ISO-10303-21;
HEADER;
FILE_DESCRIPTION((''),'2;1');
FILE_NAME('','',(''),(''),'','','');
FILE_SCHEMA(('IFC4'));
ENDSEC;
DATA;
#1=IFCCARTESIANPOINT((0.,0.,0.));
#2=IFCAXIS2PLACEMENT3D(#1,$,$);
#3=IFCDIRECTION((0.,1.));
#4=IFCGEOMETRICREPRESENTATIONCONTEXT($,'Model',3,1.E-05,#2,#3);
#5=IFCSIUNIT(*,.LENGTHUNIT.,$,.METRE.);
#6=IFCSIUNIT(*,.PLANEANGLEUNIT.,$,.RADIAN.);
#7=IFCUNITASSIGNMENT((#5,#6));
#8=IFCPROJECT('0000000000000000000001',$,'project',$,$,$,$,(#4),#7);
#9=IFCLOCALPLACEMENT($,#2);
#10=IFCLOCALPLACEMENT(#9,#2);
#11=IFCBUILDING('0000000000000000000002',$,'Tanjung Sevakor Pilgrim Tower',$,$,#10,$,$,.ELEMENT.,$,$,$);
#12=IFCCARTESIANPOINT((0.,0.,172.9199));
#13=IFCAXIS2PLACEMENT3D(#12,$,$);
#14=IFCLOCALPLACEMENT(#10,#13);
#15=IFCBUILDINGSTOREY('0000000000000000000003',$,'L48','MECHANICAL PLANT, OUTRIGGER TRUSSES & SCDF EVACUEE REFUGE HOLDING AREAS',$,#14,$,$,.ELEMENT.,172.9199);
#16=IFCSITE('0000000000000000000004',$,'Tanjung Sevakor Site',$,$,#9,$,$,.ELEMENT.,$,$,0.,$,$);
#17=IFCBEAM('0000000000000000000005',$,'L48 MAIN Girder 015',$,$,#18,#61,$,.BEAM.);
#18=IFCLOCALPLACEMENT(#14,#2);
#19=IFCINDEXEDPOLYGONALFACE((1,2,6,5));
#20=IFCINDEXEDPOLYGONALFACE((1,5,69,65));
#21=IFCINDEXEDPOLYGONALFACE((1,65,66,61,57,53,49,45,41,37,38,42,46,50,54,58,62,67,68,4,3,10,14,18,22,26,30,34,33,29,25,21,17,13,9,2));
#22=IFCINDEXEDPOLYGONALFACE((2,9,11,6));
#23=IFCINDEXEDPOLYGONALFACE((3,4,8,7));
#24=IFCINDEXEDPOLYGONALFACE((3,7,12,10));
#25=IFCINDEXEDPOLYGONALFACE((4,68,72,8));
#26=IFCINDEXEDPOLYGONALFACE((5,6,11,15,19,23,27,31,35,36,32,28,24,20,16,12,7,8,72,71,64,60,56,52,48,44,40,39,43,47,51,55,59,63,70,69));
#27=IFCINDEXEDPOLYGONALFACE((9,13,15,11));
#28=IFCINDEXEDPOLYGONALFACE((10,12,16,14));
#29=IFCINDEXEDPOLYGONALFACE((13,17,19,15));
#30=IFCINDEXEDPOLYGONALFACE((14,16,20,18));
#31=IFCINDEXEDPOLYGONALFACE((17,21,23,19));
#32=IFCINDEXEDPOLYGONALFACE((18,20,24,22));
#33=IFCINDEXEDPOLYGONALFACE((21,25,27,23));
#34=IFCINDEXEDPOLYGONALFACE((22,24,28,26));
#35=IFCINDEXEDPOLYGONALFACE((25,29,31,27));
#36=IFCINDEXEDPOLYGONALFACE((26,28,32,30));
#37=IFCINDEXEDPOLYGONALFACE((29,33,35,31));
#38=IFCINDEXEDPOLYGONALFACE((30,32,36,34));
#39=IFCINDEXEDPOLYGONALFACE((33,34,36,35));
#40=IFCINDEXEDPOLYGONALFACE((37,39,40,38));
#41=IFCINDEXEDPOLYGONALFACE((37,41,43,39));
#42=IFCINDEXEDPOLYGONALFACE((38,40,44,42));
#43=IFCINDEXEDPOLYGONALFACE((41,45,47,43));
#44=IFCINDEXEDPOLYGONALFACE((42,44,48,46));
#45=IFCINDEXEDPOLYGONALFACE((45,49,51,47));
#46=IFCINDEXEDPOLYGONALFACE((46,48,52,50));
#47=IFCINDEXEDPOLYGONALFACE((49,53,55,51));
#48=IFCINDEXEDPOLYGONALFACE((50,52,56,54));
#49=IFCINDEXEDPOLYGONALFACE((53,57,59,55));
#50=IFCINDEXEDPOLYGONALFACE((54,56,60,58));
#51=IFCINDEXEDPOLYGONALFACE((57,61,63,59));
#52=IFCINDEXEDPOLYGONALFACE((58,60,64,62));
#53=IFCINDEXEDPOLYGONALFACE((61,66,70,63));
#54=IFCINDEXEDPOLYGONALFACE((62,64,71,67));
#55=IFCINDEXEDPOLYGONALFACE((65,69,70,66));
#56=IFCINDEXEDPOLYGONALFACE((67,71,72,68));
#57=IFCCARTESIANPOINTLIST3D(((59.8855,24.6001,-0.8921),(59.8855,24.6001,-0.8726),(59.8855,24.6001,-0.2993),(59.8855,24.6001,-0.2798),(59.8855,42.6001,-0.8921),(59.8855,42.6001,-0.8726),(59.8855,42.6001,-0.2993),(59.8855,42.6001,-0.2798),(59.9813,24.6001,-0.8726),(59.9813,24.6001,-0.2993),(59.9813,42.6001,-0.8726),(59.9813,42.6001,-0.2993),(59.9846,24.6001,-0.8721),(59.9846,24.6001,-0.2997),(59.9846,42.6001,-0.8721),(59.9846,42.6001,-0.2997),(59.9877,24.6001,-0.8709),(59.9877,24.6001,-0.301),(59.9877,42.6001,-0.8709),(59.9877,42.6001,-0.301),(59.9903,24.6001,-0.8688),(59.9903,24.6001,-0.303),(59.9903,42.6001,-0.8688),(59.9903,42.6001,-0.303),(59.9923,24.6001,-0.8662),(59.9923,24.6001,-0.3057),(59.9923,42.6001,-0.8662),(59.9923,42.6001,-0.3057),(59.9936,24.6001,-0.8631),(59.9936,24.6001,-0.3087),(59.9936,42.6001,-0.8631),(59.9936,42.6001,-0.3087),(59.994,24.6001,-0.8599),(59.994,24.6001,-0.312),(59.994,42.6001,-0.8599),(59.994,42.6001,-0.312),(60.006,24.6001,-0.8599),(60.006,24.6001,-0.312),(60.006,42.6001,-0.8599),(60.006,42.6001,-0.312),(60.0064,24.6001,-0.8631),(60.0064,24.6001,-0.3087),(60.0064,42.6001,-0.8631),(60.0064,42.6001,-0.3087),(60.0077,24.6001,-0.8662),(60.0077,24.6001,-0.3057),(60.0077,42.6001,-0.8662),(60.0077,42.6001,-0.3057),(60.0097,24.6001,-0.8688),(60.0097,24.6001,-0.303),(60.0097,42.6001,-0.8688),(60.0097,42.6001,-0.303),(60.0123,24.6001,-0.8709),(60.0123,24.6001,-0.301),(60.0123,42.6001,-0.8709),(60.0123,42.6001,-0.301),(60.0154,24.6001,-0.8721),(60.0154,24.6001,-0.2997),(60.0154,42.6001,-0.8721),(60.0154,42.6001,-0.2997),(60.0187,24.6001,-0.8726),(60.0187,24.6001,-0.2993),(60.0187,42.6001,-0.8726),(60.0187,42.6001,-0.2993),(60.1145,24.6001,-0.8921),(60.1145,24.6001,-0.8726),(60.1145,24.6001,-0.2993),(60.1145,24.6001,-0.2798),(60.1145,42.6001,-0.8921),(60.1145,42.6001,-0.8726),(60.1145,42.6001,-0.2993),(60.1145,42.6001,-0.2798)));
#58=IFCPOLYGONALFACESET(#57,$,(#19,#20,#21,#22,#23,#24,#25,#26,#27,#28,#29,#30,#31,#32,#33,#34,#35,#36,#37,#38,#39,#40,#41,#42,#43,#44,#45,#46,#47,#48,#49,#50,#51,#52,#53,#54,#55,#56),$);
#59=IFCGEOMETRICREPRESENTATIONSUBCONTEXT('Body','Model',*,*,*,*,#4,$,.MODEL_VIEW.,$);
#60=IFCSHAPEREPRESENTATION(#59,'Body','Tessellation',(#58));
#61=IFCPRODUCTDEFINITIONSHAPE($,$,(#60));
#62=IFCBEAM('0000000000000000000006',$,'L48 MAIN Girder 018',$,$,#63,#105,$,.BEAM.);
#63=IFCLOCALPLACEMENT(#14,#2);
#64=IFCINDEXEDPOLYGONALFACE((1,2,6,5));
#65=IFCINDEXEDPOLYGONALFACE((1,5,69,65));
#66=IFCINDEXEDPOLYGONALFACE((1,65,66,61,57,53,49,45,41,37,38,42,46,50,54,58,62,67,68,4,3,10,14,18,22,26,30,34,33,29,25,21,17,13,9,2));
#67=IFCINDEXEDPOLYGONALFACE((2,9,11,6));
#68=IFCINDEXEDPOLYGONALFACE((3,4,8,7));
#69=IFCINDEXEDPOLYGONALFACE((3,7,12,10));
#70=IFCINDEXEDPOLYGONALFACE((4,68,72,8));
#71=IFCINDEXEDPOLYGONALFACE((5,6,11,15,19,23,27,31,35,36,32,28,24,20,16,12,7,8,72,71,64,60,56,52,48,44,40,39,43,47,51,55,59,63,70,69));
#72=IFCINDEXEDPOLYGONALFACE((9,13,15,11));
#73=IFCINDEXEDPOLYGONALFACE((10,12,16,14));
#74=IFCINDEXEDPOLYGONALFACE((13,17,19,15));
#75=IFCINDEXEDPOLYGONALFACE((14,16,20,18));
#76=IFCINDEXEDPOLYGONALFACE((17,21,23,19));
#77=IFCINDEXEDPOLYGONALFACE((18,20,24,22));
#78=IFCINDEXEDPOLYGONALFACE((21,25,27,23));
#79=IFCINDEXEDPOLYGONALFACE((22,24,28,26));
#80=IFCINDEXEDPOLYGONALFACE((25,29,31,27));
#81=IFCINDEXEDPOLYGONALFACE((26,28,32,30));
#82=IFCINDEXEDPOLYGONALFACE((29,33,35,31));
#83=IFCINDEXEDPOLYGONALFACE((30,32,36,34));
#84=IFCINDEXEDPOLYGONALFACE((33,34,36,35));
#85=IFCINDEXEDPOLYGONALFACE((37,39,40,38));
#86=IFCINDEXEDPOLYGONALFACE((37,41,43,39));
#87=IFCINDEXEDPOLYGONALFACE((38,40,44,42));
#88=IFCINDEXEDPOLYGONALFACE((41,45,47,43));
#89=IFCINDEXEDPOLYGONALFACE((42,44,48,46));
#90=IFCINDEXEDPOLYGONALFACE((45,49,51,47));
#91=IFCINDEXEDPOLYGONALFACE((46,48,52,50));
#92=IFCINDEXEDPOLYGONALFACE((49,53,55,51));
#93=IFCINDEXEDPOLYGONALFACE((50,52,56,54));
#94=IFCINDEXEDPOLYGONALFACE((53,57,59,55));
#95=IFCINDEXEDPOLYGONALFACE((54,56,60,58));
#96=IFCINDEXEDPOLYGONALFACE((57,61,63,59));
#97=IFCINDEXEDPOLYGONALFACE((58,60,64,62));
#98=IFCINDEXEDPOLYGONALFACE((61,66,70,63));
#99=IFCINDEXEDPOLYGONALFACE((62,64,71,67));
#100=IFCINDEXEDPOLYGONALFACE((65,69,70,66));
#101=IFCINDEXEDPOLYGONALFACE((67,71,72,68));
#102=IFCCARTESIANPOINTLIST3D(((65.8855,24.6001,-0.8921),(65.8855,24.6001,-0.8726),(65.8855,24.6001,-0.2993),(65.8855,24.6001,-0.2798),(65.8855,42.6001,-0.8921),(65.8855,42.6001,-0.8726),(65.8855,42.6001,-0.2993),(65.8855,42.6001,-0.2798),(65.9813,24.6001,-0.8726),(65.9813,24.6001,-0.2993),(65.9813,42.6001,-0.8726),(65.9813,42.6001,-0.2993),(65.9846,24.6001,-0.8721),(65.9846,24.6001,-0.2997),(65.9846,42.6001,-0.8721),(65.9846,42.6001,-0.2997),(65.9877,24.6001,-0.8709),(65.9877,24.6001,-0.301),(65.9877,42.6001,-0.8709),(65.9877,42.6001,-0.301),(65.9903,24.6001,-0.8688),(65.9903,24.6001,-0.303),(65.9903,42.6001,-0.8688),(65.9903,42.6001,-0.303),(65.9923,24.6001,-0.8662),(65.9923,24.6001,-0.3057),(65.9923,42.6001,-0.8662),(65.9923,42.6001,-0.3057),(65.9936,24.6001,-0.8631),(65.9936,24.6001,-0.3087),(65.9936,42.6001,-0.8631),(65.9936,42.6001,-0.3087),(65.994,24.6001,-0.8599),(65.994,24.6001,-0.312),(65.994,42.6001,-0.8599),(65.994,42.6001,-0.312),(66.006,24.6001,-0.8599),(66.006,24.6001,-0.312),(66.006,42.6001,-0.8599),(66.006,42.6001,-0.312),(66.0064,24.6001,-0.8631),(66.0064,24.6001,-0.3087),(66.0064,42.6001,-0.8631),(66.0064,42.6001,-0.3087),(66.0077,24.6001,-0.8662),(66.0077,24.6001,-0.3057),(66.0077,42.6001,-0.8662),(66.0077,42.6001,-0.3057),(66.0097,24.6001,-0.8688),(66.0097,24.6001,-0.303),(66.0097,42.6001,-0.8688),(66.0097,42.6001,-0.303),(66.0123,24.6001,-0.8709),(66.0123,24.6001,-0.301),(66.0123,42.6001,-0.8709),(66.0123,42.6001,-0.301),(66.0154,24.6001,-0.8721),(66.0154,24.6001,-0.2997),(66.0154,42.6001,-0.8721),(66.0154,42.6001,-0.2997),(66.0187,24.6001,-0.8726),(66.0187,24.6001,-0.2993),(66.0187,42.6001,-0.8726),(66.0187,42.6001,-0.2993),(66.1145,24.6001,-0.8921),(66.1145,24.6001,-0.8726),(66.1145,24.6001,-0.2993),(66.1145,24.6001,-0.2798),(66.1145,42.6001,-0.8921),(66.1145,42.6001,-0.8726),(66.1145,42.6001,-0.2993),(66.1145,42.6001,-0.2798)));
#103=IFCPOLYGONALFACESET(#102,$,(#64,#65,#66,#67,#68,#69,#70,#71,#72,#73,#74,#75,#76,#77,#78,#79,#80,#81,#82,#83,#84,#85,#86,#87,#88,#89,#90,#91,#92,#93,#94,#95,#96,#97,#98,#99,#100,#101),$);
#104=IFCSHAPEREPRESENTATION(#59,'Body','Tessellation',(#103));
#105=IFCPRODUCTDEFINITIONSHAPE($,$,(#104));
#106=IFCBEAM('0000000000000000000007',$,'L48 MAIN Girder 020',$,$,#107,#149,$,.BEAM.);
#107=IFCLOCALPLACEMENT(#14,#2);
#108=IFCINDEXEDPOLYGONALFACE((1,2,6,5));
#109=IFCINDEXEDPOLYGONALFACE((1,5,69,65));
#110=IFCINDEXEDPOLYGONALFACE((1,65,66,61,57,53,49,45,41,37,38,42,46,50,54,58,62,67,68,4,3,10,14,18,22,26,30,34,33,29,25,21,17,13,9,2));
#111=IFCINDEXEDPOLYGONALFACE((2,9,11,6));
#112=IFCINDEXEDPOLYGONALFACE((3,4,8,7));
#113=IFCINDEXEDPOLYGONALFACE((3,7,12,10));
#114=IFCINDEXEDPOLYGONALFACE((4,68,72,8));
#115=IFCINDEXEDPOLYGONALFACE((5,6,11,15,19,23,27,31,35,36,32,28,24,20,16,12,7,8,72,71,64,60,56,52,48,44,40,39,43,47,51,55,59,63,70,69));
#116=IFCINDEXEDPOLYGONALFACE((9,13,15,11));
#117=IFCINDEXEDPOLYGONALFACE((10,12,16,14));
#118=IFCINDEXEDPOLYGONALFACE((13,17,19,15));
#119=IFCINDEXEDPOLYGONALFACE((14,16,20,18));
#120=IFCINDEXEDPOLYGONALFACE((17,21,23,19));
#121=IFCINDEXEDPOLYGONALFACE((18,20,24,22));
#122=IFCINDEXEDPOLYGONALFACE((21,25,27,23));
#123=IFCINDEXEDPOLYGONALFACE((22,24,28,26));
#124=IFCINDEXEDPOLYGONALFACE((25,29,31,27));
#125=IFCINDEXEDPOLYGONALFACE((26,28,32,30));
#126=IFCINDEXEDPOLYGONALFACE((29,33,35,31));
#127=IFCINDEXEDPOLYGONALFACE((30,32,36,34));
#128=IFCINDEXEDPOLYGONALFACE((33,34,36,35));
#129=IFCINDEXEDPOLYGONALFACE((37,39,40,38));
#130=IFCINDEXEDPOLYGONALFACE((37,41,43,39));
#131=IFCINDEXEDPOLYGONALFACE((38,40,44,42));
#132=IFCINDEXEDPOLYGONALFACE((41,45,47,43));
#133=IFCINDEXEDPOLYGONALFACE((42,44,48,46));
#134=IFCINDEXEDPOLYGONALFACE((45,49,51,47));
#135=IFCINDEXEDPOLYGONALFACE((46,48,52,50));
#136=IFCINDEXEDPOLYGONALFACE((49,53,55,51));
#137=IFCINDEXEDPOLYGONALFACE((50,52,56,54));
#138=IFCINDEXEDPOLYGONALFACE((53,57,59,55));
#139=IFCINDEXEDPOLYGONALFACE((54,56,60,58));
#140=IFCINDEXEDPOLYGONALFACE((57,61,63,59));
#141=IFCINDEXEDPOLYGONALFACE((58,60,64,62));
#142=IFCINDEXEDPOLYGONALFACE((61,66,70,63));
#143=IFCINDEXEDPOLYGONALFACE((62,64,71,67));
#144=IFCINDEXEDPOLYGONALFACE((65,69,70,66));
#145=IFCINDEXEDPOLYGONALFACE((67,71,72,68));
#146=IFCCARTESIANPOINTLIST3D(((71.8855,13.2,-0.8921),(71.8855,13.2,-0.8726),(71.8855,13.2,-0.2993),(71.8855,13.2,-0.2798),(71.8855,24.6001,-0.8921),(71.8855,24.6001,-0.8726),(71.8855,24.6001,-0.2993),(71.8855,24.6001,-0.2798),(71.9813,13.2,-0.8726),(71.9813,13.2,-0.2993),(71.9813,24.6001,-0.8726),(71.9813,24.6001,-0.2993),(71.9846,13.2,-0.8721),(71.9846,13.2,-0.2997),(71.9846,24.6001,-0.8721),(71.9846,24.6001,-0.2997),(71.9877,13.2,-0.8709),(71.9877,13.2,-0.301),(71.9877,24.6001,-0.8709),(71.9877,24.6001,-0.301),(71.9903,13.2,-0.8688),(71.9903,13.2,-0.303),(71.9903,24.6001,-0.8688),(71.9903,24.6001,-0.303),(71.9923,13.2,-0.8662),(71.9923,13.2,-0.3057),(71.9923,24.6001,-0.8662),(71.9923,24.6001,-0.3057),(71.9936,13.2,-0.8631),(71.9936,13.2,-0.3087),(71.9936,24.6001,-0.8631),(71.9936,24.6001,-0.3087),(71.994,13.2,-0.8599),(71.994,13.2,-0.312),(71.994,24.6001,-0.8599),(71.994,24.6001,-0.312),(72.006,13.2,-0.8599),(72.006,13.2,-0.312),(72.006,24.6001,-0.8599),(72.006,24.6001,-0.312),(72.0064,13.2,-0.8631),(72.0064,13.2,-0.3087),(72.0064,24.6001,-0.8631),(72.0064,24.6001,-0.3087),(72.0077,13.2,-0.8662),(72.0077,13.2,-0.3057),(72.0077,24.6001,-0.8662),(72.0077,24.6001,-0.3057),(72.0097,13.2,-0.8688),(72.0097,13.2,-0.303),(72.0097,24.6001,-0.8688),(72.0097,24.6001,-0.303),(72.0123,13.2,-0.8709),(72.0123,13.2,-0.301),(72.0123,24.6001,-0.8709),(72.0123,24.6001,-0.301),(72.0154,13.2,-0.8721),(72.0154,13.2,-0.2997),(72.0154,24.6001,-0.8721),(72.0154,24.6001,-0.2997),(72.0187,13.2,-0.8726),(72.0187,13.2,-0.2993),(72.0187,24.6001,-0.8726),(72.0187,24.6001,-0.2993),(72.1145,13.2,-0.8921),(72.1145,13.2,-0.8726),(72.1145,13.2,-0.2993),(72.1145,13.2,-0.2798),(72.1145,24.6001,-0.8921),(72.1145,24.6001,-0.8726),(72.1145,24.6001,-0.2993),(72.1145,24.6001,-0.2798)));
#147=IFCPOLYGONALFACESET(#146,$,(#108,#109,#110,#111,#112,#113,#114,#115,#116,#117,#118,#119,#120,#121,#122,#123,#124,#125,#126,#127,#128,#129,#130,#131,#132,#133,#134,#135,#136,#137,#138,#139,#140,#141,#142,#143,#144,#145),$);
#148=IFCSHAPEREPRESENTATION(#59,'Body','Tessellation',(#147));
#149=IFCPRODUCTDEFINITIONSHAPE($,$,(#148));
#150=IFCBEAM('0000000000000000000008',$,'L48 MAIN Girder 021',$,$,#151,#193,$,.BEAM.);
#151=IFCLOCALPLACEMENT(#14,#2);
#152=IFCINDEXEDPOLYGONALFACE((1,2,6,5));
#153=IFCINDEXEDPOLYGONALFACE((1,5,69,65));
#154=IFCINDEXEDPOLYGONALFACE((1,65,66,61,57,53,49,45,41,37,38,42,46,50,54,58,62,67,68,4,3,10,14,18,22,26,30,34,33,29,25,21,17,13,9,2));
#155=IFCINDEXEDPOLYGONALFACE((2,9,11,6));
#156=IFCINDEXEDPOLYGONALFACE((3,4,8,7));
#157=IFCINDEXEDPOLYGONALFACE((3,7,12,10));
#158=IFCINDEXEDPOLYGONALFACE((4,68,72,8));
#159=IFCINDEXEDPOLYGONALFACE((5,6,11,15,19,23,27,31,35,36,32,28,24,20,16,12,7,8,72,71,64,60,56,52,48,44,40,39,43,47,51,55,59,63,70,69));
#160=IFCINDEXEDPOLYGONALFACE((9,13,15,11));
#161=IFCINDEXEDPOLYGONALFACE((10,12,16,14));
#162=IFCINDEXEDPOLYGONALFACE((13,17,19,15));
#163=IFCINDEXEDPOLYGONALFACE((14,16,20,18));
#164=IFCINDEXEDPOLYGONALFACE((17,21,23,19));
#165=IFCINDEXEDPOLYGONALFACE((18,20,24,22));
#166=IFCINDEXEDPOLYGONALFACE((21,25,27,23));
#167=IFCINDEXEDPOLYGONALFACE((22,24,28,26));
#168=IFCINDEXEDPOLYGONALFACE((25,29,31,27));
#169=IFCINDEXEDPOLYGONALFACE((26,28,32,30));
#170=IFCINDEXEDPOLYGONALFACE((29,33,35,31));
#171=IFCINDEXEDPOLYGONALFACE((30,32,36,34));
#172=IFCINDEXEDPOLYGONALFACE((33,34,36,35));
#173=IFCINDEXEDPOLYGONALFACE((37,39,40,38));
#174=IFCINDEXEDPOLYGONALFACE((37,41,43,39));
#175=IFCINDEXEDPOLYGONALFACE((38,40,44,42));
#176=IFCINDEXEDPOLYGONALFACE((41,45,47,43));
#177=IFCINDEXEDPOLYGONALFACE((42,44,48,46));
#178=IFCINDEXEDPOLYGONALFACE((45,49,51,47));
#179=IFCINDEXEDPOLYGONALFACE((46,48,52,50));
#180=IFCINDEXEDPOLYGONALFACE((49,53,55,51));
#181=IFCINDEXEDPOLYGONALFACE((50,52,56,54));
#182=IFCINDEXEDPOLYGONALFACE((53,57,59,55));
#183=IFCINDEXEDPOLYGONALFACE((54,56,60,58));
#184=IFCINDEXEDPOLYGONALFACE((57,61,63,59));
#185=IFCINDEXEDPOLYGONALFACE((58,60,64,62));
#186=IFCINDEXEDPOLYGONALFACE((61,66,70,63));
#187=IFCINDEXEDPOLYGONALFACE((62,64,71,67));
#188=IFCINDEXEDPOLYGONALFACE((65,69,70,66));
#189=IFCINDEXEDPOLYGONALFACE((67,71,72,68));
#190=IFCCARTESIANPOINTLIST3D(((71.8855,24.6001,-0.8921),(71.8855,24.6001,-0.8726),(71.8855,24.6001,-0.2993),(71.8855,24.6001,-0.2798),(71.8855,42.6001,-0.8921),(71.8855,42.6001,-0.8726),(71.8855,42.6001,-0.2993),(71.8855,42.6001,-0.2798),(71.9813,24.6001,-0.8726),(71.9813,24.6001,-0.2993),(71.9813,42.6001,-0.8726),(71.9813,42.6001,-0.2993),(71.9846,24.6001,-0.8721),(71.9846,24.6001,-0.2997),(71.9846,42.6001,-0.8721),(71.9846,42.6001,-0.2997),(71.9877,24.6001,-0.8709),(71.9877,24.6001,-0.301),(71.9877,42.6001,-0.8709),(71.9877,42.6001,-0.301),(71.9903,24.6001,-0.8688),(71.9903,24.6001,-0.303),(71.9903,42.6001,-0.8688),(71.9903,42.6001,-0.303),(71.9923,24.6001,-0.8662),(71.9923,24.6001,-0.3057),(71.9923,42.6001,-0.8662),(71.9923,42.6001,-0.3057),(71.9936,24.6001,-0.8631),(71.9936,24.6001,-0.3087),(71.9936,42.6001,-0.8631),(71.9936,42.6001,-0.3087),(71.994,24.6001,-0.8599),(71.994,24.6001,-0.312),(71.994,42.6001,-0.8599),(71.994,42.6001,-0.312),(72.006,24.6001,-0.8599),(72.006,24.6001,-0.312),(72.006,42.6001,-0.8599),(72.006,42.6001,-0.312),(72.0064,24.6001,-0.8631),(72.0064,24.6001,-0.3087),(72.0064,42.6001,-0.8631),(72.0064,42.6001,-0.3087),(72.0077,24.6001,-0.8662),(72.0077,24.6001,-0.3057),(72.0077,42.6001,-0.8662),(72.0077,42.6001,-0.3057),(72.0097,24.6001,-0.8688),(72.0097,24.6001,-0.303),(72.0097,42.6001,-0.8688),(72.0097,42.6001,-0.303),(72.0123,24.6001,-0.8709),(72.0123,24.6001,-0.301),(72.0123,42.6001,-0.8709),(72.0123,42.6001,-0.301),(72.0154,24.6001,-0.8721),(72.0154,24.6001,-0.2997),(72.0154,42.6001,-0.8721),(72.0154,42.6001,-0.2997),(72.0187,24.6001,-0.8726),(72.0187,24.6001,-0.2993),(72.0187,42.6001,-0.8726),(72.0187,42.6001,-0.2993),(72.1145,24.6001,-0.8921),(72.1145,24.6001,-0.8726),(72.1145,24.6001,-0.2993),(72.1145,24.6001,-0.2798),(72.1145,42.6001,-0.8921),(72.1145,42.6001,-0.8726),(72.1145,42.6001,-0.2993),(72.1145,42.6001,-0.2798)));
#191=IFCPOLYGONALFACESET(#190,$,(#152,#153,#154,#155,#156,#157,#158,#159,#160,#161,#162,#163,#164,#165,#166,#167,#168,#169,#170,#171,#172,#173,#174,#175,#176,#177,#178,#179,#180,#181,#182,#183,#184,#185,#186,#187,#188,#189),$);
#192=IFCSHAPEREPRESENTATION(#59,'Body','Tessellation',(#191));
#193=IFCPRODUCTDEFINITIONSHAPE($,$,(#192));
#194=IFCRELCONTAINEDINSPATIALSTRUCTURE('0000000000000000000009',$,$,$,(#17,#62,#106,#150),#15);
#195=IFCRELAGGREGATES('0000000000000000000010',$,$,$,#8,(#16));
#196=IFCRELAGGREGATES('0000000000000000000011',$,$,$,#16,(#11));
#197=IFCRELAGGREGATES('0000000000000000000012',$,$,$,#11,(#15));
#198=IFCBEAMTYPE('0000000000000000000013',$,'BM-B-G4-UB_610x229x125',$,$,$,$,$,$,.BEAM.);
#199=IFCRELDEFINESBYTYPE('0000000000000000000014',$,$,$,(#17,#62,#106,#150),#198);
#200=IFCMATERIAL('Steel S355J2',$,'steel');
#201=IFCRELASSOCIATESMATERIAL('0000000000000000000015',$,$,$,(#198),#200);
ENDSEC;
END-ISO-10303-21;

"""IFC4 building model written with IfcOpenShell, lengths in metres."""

from ifc_helpers import new_model, si_unit, direction, frame, origin, origin_2d, place, context, subcontext, project, spatial, i_section, extrude, material, material_profile, profile_set, type_object, element, save


model = new_model("IFC4")

# Units and contexts
model_context = context("Model", 3, precision=1e-05, world=origin(), true_north=direction((0.0, 1.0)))
body_context = subcontext(model_context, "Body", "Model", "MODEL_VIEW")
ifc_project = project(units=[si_unit("LENGTHUNIT", "METRE"), si_unit("PLANEANGLEUNIT", "RADIAN")], contexts=[model_context])

# Site, building, storey
site_placement = place(None, origin())
site = spatial("IfcSite", under=ifc_project, at=site_placement, Name="Tanjung Sevakor Site", CompositionType="ELEMENT", RefElevation=0.0)
building_placement = place(site_placement, origin())
building = spatial("IfcBuilding", under=site, at=building_placement, Name="Tanjung Sevakor Pilgrim Tower", CompositionType="ELEMENT")
storey_placement = place(building_placement, frame((0.0, 0.0, 172.9199)))
storey = spatial("IfcBuildingStorey", under=building, at=storey_placement, Name="L48", Description="MECHANICAL PLANT, OUTRIGGER TRUSSES & SCDF EVACUEE REFUGE HOLDING AREAS", CompositionType="ELEMENT", Elevation=172.9199)

# Beams
ifc_material_1 = material(Name="Steel S355J2", Category="steel")
ifc_material_profile_1 = material_profile(ifc_material_1, i_section(OverallWidth=0.229, OverallDepth=0.6123, WebThickness=0.012, FlangeThickness=0.0195, FilletRadius=0.0127, at=origin_2d()))
ifc_profile_set_1 = profile_set([ifc_material_profile_1], Name="Steel S355J2")
beam_type_1 = type_object("IfcBeamType", Name="BM-B-G4-UB_610x229x125", PredefinedType="BEAM", material=ifc_profile_set_1)
for number, where, z_axis, x_axis, name in (
    (1, (60.0, 24.6001, -0.5859), (0.0, 1.0, 0.0), (-1.0, 0.0, 0.0), "L48 MAIN Girder 015"),
    (2, (66.0, 24.6001, -0.5859), (0.0, 1.0, 0.0), (-1.0, 0.0, 0.0), "L48 MAIN Girder 018"),
):
    element("IfcBeam", number, at=place(storey_placement, frame(where, z_axis=z_axis, x_axis=x_axis)), inside=storey, type_object=beam_type_1, Name=name, PredefinedType="BEAM", context=body_context, shape_type="SweptSolid", body=[
        extrude(i_section(OverallWidth=0.229, OverallDepth=0.6123, WebThickness=0.012, FlangeThickness=0.0195, FilletRadius=0.0127, at=origin_2d()), origin(), (0.0, 0.0, 1.0), 18.0),
    ])
beam_1_placement = place(storey_placement, frame((72.0, 13.2, -0.5859), z_axis=(0.0, 1.0, 0.0), x_axis=(-1.0, 0.0, 0.0)))
element("IfcBeam", 3, at=beam_1_placement, inside=storey, type_object=beam_type_1, Name="L48 MAIN Girder 020", PredefinedType="BEAM", context=body_context, shape_type="SweptSolid", body=[
    extrude(i_section(OverallWidth=0.229, OverallDepth=0.6123, WebThickness=0.012, FlangeThickness=0.0195, FilletRadius=0.0127, at=origin_2d()), origin(), (0.0, 0.0, 1.0), 11.4001),
])
beam_2_placement = place(storey_placement, frame((72.0, 24.6001, -0.5859), z_axis=(0.0, 1.0, 0.0), x_axis=(-1.0, 0.0, 0.0)))
element("IfcBeam", 4, at=beam_2_placement, inside=storey, type_object=beam_type_1, Name="L48 MAIN Girder 021", PredefinedType="BEAM", context=body_context, shape_type="SweptSolid", body=[
    extrude(i_section(OverallWidth=0.229, OverallDepth=0.6123, WebThickness=0.012, FlangeThickness=0.0195, FilletRadius=0.0127, at=origin_2d()), origin(), (0.0, 0.0, 1.0), 18.0),
])

save(model, "model.ifc")
